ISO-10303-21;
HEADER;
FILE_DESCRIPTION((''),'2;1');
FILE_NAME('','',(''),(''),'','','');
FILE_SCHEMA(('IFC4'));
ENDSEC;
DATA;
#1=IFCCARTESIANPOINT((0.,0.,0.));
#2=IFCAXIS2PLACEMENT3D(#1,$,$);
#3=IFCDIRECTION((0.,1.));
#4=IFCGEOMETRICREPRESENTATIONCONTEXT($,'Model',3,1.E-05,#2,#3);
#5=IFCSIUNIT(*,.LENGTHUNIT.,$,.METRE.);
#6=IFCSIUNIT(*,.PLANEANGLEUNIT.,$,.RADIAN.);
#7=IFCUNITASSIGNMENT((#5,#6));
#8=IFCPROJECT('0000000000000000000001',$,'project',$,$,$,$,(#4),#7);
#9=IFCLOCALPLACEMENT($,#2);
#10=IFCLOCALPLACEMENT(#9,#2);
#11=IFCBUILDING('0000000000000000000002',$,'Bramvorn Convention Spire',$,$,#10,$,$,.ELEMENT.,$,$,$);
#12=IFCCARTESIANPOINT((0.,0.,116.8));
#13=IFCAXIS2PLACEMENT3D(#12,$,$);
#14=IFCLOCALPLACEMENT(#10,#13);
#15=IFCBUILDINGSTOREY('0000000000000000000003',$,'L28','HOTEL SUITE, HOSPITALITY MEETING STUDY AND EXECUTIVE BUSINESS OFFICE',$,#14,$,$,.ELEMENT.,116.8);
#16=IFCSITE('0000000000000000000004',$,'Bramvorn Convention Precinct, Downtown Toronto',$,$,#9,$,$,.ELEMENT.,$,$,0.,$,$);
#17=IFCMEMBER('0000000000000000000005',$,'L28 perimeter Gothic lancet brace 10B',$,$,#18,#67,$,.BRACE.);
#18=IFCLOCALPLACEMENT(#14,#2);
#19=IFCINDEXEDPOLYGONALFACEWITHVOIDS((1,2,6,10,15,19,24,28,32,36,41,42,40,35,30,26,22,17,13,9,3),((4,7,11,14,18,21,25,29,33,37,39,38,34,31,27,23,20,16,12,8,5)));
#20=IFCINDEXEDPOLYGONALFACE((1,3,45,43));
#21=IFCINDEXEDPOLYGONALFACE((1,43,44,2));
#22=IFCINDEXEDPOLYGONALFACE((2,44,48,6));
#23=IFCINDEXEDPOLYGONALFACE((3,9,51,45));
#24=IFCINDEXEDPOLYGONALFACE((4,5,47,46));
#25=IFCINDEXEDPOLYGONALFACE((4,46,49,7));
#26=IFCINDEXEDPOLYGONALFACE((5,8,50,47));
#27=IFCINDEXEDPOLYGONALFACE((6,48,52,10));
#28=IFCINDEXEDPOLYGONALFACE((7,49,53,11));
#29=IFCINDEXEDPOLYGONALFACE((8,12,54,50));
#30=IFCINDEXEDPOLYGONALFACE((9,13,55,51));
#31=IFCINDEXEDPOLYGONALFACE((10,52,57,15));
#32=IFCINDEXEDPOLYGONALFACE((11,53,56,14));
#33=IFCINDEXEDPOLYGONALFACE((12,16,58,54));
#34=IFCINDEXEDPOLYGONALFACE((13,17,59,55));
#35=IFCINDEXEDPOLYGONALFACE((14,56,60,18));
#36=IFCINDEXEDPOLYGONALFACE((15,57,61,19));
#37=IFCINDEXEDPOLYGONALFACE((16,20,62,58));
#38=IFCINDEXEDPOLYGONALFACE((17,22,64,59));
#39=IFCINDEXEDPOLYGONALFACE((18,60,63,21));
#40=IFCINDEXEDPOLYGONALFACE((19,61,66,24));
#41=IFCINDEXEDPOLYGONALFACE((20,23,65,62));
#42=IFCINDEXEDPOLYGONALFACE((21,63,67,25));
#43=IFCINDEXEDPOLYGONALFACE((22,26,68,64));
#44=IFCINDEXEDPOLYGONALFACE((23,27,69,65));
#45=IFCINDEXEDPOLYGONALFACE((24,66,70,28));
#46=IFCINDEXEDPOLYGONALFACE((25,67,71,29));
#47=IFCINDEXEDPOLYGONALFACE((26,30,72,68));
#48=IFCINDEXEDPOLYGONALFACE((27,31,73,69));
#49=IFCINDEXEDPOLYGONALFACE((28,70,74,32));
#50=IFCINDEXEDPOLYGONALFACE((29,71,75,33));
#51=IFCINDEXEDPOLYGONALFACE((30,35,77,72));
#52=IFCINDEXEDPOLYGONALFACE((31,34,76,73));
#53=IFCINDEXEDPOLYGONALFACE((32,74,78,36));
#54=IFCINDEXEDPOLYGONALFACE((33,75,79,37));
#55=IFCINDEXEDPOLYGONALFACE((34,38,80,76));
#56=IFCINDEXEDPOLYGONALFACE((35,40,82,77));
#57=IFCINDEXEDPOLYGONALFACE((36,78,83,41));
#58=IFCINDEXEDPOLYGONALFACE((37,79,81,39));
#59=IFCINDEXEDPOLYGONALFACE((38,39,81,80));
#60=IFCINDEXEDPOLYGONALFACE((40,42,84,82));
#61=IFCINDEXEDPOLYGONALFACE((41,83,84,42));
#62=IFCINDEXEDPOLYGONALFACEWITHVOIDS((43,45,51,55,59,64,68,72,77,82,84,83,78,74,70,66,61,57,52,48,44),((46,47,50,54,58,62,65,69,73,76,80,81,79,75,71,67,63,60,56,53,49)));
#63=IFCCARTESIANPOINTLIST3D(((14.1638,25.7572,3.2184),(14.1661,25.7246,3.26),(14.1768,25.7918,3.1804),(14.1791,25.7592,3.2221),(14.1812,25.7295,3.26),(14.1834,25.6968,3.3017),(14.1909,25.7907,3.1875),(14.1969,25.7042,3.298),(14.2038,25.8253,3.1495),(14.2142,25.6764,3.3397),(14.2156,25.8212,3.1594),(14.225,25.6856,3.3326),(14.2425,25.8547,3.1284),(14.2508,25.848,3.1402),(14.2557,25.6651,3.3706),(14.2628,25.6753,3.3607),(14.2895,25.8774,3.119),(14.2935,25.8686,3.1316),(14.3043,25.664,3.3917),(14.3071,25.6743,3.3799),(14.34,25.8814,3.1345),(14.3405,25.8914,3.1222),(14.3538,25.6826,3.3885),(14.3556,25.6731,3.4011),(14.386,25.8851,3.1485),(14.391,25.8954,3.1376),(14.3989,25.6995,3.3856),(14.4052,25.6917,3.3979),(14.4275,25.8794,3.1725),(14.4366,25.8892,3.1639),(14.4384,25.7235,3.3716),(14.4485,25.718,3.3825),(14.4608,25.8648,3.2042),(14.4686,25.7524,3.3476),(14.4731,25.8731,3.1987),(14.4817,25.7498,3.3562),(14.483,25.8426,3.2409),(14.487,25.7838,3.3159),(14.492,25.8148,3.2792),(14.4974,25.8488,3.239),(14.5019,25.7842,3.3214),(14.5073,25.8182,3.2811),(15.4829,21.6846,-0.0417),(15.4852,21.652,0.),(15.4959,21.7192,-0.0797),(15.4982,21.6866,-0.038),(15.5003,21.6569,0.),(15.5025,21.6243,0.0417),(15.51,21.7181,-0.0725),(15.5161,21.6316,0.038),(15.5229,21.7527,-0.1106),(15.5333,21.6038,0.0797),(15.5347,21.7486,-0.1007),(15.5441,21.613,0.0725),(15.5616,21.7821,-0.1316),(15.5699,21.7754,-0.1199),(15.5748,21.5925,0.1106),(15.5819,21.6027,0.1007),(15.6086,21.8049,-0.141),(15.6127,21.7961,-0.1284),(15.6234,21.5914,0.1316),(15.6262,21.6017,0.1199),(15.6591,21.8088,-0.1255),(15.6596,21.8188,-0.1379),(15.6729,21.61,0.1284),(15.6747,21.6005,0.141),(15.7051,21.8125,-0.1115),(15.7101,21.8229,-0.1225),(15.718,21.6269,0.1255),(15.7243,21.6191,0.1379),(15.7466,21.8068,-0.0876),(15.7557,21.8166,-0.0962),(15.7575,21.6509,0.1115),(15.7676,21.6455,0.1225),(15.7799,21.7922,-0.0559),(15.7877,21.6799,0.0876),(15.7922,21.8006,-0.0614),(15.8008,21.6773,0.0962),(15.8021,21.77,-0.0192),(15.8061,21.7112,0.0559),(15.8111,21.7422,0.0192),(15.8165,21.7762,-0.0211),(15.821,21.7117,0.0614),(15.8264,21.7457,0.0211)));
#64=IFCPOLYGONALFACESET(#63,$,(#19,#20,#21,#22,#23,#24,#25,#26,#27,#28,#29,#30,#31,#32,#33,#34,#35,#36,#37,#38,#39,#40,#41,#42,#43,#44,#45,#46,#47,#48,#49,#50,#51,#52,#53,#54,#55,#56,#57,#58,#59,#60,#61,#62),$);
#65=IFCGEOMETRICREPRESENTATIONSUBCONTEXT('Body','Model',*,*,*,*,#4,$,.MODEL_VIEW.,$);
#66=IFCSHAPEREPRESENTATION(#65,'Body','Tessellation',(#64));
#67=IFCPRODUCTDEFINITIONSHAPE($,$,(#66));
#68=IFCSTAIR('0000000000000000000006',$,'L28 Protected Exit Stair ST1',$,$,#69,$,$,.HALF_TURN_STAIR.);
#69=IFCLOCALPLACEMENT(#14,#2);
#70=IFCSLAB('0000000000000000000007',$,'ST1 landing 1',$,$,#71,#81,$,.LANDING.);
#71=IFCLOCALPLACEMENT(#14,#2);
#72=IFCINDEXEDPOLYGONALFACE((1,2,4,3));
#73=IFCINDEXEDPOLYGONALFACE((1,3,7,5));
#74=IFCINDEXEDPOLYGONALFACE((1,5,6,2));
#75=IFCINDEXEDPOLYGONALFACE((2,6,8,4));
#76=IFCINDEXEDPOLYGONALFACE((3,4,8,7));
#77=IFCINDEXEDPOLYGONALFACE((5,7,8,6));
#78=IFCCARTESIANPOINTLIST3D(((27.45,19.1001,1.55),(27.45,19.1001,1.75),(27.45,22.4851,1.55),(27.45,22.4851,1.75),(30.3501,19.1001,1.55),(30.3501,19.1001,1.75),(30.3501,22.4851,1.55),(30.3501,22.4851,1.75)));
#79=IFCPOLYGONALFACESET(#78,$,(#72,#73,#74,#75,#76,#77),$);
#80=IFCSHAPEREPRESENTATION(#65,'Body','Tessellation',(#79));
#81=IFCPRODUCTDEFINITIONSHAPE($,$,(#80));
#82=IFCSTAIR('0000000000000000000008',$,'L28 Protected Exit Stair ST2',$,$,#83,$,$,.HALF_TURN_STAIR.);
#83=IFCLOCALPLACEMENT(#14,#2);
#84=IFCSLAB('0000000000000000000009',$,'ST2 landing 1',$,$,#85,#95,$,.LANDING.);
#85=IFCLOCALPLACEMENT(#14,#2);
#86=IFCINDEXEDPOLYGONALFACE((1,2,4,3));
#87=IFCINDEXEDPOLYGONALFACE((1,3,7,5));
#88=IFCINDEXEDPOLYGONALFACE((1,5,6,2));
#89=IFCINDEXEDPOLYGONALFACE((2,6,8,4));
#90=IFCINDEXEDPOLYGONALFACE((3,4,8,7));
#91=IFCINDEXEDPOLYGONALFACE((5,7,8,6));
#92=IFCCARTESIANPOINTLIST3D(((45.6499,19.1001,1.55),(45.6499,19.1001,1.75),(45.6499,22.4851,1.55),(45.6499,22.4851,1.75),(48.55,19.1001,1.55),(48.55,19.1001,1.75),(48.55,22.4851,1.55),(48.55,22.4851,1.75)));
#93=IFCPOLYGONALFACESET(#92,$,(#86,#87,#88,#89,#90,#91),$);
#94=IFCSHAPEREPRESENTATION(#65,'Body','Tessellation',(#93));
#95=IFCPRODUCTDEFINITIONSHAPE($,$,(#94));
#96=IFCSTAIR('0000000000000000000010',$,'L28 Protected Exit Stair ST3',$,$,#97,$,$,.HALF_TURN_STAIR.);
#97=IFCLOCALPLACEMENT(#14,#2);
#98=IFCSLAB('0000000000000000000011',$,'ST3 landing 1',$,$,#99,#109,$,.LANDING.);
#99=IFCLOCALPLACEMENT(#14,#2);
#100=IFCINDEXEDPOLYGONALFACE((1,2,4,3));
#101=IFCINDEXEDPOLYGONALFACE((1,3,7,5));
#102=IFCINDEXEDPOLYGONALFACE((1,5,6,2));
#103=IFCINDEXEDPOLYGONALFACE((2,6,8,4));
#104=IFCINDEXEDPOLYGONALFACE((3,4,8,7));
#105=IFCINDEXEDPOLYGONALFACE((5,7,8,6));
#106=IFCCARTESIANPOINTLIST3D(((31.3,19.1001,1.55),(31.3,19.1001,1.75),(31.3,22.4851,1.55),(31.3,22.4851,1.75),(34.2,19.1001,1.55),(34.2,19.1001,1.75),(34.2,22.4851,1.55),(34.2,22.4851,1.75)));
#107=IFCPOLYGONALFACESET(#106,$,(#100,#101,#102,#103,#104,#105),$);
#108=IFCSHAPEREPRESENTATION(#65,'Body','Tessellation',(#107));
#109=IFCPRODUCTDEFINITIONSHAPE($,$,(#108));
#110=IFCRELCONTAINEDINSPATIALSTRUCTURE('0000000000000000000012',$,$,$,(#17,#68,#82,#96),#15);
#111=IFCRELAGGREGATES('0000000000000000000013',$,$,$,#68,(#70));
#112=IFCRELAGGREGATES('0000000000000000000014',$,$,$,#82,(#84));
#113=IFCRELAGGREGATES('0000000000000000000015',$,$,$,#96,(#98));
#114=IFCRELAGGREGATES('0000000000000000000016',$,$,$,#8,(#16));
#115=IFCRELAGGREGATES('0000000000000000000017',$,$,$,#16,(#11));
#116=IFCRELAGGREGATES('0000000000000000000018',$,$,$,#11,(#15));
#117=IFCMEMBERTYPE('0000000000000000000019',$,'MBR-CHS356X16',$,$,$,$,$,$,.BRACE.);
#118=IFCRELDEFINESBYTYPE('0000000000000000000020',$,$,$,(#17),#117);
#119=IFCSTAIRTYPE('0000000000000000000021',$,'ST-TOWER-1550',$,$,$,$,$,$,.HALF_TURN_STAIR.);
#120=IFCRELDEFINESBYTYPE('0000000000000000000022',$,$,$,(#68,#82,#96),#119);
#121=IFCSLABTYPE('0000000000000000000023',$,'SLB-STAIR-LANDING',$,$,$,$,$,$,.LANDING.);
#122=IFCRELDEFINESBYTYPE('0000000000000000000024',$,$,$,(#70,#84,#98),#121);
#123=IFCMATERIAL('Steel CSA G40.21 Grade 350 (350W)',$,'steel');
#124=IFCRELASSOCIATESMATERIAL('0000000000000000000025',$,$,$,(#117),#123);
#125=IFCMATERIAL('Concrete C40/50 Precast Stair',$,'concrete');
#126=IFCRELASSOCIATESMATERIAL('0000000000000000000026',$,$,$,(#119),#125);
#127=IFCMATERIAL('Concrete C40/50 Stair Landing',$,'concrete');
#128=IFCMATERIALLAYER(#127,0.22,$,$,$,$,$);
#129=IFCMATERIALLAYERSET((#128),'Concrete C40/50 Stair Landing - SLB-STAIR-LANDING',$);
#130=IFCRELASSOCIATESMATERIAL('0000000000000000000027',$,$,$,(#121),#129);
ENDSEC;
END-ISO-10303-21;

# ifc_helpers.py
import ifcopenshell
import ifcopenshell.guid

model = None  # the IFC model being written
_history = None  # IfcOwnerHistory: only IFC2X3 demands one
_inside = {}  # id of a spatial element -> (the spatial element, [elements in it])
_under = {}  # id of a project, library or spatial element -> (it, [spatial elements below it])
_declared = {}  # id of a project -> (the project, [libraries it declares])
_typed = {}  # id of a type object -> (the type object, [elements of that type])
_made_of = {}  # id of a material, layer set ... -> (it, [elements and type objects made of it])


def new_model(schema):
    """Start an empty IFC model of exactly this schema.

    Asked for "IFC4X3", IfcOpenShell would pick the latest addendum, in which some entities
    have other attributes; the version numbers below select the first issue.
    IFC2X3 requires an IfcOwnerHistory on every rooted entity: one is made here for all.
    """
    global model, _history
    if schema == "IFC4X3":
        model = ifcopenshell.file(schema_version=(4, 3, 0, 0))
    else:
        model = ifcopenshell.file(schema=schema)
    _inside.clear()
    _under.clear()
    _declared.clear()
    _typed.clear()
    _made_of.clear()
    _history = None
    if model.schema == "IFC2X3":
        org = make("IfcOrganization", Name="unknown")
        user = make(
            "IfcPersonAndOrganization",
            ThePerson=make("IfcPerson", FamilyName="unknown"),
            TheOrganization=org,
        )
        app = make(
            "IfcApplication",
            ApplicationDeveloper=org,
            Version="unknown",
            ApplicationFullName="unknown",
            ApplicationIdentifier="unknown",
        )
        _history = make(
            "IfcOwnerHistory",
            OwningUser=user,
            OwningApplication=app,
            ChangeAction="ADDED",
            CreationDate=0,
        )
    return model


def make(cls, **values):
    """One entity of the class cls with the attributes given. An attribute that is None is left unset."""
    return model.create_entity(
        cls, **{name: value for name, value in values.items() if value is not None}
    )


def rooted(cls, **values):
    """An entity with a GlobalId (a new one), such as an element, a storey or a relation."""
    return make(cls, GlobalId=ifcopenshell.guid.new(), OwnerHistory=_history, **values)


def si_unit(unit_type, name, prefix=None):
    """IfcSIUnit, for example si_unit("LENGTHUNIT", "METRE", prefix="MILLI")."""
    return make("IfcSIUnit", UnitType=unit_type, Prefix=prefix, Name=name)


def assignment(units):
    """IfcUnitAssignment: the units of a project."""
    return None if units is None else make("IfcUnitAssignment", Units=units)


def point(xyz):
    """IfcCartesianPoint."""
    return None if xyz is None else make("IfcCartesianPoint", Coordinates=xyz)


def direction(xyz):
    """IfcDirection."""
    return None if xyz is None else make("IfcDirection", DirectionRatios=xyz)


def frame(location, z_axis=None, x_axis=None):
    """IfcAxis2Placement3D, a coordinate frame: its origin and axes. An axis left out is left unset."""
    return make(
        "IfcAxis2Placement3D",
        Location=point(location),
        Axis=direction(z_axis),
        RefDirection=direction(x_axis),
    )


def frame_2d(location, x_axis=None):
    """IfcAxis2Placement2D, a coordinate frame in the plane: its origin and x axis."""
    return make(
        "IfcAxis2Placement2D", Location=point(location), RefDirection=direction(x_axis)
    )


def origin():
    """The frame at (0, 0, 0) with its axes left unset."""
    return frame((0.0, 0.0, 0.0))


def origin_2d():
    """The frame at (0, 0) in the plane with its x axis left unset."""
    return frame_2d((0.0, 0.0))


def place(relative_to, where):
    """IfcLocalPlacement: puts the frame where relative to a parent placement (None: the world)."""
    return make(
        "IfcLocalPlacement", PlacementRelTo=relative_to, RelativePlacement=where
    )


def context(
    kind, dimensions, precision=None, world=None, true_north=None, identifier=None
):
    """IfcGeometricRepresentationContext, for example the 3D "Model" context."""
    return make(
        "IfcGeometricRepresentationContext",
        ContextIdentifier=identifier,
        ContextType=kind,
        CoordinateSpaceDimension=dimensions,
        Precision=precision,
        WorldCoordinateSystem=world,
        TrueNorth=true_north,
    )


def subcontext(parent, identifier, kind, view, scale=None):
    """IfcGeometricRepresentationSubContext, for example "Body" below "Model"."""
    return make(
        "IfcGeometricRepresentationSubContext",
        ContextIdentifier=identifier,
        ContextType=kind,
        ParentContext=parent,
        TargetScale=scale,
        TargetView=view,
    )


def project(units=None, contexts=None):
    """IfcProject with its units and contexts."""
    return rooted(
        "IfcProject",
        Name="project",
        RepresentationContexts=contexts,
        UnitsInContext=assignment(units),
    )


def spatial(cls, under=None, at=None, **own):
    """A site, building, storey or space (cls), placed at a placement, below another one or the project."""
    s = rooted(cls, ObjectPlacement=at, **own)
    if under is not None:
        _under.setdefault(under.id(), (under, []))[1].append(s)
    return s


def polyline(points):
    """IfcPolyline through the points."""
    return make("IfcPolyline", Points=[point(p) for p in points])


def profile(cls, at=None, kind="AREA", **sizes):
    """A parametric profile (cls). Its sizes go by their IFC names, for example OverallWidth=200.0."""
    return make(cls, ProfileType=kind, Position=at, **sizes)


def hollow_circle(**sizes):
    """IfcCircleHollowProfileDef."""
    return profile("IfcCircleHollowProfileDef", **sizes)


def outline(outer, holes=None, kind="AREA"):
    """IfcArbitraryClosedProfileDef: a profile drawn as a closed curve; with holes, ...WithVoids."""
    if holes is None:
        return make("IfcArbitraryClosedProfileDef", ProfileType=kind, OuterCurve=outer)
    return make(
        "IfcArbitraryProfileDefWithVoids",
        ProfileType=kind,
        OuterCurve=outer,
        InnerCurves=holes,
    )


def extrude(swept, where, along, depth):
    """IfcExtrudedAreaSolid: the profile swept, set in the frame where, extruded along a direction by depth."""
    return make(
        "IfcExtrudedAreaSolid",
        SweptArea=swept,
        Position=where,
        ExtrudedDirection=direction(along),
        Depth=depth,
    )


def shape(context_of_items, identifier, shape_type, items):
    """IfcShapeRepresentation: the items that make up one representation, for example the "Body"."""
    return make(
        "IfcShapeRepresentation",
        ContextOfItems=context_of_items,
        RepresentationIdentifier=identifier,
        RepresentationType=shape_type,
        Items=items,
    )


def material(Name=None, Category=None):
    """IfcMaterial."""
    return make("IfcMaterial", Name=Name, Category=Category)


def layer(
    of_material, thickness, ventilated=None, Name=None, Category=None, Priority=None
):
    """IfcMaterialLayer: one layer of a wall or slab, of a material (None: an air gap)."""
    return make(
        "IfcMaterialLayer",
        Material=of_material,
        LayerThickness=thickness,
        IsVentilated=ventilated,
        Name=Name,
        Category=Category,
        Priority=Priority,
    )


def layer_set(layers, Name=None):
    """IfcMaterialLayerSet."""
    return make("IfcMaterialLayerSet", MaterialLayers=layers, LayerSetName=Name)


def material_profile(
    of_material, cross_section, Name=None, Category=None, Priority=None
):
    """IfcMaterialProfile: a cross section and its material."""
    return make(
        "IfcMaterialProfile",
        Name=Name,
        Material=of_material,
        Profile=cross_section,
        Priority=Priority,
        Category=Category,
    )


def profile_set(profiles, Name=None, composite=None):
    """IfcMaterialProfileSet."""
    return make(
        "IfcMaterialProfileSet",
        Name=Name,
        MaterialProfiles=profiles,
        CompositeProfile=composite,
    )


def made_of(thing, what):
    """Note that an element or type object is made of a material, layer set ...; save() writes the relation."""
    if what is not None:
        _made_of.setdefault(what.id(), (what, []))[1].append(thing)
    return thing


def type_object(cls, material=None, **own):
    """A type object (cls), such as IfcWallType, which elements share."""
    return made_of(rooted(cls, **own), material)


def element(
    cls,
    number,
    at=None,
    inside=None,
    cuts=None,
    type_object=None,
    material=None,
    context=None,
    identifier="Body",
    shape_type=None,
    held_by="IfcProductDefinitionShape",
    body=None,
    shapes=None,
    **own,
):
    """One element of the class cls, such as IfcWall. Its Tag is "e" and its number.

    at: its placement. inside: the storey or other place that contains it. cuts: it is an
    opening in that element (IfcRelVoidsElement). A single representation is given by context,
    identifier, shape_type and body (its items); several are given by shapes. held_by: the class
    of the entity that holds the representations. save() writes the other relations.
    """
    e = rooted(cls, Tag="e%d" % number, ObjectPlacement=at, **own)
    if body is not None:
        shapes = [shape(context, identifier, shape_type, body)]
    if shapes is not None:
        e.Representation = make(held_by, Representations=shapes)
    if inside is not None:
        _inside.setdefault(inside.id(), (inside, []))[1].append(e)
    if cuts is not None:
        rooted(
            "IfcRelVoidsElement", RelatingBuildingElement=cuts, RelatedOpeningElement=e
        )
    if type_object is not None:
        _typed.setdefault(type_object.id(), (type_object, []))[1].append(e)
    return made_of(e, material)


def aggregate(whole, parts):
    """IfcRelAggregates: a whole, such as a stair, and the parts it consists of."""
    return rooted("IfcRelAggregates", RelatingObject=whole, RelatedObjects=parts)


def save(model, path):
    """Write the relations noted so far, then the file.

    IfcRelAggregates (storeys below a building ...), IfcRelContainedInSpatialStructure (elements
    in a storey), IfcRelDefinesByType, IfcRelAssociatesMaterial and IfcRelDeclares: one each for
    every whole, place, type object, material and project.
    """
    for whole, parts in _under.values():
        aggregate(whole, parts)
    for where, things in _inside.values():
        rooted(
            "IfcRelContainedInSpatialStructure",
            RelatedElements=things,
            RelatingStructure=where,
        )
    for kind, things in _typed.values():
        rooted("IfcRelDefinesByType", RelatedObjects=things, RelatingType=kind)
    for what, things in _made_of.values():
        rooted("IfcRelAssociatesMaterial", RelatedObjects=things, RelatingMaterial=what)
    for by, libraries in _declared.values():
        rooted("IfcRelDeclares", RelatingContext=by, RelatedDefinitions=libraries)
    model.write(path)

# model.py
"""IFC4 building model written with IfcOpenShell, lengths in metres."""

from ifc_helpers import new_model, si_unit, direction, frame, origin, origin_2d, place, context, subcontext, project, spatial, polyline, hollow_circle, outline, extrude, material, layer, layer_set, material_profile, profile_set, type_object, element, aggregate, save


model = new_model("IFC4")

# Units and contexts
model_context = context("Model", 3, precision=1e-05, world=origin(), true_north=direction((0.0, 1.0)))
body_context = subcontext(model_context, "Body", "Model", "MODEL_VIEW")
ifc_project = project(units=[si_unit("LENGTHUNIT", "METRE"), si_unit("PLANEANGLEUNIT", "RADIAN")], contexts=[model_context])

# Site, building, storey
site_placement = place(None, origin())
site = spatial("IfcSite", under=ifc_project, at=site_placement, Name="Bramvorn Convention Precinct, Downtown Toronto", CompositionType="ELEMENT", RefElevation=0.0)
building_placement = place(site_placement, origin())
building = spatial("IfcBuilding", under=site, at=building_placement, Name="Bramvorn Convention Spire", CompositionType="ELEMENT")
storey_placement = place(building_placement, frame((0.0, 0.0, 116.8)))
storey = spatial("IfcBuildingStorey", under=building, at=storey_placement, Name="L28", Description="HOTEL SUITE, HOSPITALITY MEETING STUDY AND EXECUTIVE BUSINESS OFFICE", CompositionType="ELEMENT", Elevation=116.8)

# Shared definitions
ifc_material_1 = material(Name="Steel CSA G40.21 Grade 350 (350W)", Category="steel")

# Member
ifc_material_profile_1 = material_profile(ifc_material_1, hollow_circle(Radius=0.1777, WallThickness=0.0159, at=origin_2d()))
ifc_profile_set_1 = profile_set([ifc_material_profile_1], Name="Steel CSA G40.21 Grade 350 (350W) - CHS356X16")
member_type = type_object("IfcMemberType", Name="MBR-CHS356X16", PredefinedType="BRACE", material=ifc_profile_set_1)
member_placement = place(storey_placement, frame((15.6543, 21.7068, 0.0), z_axis=(-0.245148, 0.75686, 0.60586), x_axis=(-0.951341, -0.308141, 0.0)))
element("IfcMember", 1, at=member_placement, inside=storey, type_object=member_type, Name="L28 perimeter Gothic lancet brace 10B", PredefinedType="BRACE", context=body_context, shape_type="SweptSolid", body=[
    extrude(hollow_circle(Radius=0.1777, WallThickness=0.0159, at=origin_2d()), origin(), (0.0, 0.0, 1.0), 5.3809),
])

# Stairs, slabs
ifc_material_2 = material(Name="Concrete C40/50 Precast Stair", Category="concrete")
stair_type = type_object("IfcStairType", Name="ST-TOWER-1550", PredefinedType="HALF_TURN_STAIR", material=ifc_material_2)
stair_1_placement = place(storey_placement, origin())
stair_1 = element("IfcStair", 2, at=stair_1_placement, inside=storey, type_object=stair_type, Name="L28 Protected Exit Stair ST1", PredefinedType="HALF_TURN_STAIR")
ifc_material_3 = material(Name="Concrete C40/50 Stair Landing", Category="concrete")
ifc_layer_1 = layer(ifc_material_3, 0.22)
ifc_layer_set_1 = layer_set([ifc_layer_1], Name="Concrete C40/50 Stair Landing - SLB-STAIR-LANDING")
slab_type_1 = type_object("IfcSlabType", Name="SLB-STAIR-LANDING", PredefinedType="LANDING", material=ifc_layer_set_1)
slab_1_placement = place(storey_placement, frame((0.0, 0.0, 1.55)))
slab_1 = element("IfcSlab", 3, at=slab_1_placement, type_object=slab_type_1, Name="ST1 landing 1", PredefinedType="LANDING", context=body_context, shape_type="SweptSolid", body=[
    extrude(outline(polyline([(27.45, 22.4851), (27.45, 19.1001), (30.3501, 19.1001), (30.3501, 22.4851), (27.45, 22.4851)])), origin(), (0.0, 0.0, 1.0), 0.2),
])
aggregate(stair_1, [slab_1])
stair_2_placement = place(storey_placement, origin())
stair_2 = element("IfcStair", 4, at=stair_2_placement, inside=storey, type_object=stair_type, Name="L28 Protected Exit Stair ST2", PredefinedType="HALF_TURN_STAIR")
slab_2_placement = place(storey_placement, frame((0.0, 0.0, 1.55)))
slab_2 = element("IfcSlab", 5, at=slab_2_placement, type_object=slab_type_1, Name="ST2 landing 1", PredefinedType="LANDING", context=body_context, shape_type="SweptSolid", body=[
    extrude(outline(polyline([(45.6499, 22.4851), (45.6499, 19.1001), (48.55, 19.1001), (48.55, 22.4851), (45.6499, 22.4851)])), origin(), (0.0, 0.0, 1.0), 0.2),
])
aggregate(stair_2, [slab_2])
stair_3_placement = place(storey_placement, origin())
stair_3 = element("IfcStair", 6, at=stair_3_placement, inside=storey, type_object=stair_type, Name="L28 Protected Exit Stair ST3", PredefinedType="HALF_TURN_STAIR")
slab_3_placement = place(storey_placement, frame((0.0, 0.0, 1.55)))
slab_3 = element("IfcSlab", 7, at=slab_3_placement, type_object=slab_type_1, Name="ST3 landing 1", PredefinedType="LANDING", context=body_context, shape_type="SweptSolid", body=[
    extrude(outline(polyline([(31.3, 22.4851), (31.3, 19.1001), (34.2, 19.1001), (34.2, 22.4851), (31.3, 22.4851)])), origin(), (0.0, 0.0, 1.0), 0.2),
])
aggregate(stair_3, [slab_3])

save(model, "model.ifc")
